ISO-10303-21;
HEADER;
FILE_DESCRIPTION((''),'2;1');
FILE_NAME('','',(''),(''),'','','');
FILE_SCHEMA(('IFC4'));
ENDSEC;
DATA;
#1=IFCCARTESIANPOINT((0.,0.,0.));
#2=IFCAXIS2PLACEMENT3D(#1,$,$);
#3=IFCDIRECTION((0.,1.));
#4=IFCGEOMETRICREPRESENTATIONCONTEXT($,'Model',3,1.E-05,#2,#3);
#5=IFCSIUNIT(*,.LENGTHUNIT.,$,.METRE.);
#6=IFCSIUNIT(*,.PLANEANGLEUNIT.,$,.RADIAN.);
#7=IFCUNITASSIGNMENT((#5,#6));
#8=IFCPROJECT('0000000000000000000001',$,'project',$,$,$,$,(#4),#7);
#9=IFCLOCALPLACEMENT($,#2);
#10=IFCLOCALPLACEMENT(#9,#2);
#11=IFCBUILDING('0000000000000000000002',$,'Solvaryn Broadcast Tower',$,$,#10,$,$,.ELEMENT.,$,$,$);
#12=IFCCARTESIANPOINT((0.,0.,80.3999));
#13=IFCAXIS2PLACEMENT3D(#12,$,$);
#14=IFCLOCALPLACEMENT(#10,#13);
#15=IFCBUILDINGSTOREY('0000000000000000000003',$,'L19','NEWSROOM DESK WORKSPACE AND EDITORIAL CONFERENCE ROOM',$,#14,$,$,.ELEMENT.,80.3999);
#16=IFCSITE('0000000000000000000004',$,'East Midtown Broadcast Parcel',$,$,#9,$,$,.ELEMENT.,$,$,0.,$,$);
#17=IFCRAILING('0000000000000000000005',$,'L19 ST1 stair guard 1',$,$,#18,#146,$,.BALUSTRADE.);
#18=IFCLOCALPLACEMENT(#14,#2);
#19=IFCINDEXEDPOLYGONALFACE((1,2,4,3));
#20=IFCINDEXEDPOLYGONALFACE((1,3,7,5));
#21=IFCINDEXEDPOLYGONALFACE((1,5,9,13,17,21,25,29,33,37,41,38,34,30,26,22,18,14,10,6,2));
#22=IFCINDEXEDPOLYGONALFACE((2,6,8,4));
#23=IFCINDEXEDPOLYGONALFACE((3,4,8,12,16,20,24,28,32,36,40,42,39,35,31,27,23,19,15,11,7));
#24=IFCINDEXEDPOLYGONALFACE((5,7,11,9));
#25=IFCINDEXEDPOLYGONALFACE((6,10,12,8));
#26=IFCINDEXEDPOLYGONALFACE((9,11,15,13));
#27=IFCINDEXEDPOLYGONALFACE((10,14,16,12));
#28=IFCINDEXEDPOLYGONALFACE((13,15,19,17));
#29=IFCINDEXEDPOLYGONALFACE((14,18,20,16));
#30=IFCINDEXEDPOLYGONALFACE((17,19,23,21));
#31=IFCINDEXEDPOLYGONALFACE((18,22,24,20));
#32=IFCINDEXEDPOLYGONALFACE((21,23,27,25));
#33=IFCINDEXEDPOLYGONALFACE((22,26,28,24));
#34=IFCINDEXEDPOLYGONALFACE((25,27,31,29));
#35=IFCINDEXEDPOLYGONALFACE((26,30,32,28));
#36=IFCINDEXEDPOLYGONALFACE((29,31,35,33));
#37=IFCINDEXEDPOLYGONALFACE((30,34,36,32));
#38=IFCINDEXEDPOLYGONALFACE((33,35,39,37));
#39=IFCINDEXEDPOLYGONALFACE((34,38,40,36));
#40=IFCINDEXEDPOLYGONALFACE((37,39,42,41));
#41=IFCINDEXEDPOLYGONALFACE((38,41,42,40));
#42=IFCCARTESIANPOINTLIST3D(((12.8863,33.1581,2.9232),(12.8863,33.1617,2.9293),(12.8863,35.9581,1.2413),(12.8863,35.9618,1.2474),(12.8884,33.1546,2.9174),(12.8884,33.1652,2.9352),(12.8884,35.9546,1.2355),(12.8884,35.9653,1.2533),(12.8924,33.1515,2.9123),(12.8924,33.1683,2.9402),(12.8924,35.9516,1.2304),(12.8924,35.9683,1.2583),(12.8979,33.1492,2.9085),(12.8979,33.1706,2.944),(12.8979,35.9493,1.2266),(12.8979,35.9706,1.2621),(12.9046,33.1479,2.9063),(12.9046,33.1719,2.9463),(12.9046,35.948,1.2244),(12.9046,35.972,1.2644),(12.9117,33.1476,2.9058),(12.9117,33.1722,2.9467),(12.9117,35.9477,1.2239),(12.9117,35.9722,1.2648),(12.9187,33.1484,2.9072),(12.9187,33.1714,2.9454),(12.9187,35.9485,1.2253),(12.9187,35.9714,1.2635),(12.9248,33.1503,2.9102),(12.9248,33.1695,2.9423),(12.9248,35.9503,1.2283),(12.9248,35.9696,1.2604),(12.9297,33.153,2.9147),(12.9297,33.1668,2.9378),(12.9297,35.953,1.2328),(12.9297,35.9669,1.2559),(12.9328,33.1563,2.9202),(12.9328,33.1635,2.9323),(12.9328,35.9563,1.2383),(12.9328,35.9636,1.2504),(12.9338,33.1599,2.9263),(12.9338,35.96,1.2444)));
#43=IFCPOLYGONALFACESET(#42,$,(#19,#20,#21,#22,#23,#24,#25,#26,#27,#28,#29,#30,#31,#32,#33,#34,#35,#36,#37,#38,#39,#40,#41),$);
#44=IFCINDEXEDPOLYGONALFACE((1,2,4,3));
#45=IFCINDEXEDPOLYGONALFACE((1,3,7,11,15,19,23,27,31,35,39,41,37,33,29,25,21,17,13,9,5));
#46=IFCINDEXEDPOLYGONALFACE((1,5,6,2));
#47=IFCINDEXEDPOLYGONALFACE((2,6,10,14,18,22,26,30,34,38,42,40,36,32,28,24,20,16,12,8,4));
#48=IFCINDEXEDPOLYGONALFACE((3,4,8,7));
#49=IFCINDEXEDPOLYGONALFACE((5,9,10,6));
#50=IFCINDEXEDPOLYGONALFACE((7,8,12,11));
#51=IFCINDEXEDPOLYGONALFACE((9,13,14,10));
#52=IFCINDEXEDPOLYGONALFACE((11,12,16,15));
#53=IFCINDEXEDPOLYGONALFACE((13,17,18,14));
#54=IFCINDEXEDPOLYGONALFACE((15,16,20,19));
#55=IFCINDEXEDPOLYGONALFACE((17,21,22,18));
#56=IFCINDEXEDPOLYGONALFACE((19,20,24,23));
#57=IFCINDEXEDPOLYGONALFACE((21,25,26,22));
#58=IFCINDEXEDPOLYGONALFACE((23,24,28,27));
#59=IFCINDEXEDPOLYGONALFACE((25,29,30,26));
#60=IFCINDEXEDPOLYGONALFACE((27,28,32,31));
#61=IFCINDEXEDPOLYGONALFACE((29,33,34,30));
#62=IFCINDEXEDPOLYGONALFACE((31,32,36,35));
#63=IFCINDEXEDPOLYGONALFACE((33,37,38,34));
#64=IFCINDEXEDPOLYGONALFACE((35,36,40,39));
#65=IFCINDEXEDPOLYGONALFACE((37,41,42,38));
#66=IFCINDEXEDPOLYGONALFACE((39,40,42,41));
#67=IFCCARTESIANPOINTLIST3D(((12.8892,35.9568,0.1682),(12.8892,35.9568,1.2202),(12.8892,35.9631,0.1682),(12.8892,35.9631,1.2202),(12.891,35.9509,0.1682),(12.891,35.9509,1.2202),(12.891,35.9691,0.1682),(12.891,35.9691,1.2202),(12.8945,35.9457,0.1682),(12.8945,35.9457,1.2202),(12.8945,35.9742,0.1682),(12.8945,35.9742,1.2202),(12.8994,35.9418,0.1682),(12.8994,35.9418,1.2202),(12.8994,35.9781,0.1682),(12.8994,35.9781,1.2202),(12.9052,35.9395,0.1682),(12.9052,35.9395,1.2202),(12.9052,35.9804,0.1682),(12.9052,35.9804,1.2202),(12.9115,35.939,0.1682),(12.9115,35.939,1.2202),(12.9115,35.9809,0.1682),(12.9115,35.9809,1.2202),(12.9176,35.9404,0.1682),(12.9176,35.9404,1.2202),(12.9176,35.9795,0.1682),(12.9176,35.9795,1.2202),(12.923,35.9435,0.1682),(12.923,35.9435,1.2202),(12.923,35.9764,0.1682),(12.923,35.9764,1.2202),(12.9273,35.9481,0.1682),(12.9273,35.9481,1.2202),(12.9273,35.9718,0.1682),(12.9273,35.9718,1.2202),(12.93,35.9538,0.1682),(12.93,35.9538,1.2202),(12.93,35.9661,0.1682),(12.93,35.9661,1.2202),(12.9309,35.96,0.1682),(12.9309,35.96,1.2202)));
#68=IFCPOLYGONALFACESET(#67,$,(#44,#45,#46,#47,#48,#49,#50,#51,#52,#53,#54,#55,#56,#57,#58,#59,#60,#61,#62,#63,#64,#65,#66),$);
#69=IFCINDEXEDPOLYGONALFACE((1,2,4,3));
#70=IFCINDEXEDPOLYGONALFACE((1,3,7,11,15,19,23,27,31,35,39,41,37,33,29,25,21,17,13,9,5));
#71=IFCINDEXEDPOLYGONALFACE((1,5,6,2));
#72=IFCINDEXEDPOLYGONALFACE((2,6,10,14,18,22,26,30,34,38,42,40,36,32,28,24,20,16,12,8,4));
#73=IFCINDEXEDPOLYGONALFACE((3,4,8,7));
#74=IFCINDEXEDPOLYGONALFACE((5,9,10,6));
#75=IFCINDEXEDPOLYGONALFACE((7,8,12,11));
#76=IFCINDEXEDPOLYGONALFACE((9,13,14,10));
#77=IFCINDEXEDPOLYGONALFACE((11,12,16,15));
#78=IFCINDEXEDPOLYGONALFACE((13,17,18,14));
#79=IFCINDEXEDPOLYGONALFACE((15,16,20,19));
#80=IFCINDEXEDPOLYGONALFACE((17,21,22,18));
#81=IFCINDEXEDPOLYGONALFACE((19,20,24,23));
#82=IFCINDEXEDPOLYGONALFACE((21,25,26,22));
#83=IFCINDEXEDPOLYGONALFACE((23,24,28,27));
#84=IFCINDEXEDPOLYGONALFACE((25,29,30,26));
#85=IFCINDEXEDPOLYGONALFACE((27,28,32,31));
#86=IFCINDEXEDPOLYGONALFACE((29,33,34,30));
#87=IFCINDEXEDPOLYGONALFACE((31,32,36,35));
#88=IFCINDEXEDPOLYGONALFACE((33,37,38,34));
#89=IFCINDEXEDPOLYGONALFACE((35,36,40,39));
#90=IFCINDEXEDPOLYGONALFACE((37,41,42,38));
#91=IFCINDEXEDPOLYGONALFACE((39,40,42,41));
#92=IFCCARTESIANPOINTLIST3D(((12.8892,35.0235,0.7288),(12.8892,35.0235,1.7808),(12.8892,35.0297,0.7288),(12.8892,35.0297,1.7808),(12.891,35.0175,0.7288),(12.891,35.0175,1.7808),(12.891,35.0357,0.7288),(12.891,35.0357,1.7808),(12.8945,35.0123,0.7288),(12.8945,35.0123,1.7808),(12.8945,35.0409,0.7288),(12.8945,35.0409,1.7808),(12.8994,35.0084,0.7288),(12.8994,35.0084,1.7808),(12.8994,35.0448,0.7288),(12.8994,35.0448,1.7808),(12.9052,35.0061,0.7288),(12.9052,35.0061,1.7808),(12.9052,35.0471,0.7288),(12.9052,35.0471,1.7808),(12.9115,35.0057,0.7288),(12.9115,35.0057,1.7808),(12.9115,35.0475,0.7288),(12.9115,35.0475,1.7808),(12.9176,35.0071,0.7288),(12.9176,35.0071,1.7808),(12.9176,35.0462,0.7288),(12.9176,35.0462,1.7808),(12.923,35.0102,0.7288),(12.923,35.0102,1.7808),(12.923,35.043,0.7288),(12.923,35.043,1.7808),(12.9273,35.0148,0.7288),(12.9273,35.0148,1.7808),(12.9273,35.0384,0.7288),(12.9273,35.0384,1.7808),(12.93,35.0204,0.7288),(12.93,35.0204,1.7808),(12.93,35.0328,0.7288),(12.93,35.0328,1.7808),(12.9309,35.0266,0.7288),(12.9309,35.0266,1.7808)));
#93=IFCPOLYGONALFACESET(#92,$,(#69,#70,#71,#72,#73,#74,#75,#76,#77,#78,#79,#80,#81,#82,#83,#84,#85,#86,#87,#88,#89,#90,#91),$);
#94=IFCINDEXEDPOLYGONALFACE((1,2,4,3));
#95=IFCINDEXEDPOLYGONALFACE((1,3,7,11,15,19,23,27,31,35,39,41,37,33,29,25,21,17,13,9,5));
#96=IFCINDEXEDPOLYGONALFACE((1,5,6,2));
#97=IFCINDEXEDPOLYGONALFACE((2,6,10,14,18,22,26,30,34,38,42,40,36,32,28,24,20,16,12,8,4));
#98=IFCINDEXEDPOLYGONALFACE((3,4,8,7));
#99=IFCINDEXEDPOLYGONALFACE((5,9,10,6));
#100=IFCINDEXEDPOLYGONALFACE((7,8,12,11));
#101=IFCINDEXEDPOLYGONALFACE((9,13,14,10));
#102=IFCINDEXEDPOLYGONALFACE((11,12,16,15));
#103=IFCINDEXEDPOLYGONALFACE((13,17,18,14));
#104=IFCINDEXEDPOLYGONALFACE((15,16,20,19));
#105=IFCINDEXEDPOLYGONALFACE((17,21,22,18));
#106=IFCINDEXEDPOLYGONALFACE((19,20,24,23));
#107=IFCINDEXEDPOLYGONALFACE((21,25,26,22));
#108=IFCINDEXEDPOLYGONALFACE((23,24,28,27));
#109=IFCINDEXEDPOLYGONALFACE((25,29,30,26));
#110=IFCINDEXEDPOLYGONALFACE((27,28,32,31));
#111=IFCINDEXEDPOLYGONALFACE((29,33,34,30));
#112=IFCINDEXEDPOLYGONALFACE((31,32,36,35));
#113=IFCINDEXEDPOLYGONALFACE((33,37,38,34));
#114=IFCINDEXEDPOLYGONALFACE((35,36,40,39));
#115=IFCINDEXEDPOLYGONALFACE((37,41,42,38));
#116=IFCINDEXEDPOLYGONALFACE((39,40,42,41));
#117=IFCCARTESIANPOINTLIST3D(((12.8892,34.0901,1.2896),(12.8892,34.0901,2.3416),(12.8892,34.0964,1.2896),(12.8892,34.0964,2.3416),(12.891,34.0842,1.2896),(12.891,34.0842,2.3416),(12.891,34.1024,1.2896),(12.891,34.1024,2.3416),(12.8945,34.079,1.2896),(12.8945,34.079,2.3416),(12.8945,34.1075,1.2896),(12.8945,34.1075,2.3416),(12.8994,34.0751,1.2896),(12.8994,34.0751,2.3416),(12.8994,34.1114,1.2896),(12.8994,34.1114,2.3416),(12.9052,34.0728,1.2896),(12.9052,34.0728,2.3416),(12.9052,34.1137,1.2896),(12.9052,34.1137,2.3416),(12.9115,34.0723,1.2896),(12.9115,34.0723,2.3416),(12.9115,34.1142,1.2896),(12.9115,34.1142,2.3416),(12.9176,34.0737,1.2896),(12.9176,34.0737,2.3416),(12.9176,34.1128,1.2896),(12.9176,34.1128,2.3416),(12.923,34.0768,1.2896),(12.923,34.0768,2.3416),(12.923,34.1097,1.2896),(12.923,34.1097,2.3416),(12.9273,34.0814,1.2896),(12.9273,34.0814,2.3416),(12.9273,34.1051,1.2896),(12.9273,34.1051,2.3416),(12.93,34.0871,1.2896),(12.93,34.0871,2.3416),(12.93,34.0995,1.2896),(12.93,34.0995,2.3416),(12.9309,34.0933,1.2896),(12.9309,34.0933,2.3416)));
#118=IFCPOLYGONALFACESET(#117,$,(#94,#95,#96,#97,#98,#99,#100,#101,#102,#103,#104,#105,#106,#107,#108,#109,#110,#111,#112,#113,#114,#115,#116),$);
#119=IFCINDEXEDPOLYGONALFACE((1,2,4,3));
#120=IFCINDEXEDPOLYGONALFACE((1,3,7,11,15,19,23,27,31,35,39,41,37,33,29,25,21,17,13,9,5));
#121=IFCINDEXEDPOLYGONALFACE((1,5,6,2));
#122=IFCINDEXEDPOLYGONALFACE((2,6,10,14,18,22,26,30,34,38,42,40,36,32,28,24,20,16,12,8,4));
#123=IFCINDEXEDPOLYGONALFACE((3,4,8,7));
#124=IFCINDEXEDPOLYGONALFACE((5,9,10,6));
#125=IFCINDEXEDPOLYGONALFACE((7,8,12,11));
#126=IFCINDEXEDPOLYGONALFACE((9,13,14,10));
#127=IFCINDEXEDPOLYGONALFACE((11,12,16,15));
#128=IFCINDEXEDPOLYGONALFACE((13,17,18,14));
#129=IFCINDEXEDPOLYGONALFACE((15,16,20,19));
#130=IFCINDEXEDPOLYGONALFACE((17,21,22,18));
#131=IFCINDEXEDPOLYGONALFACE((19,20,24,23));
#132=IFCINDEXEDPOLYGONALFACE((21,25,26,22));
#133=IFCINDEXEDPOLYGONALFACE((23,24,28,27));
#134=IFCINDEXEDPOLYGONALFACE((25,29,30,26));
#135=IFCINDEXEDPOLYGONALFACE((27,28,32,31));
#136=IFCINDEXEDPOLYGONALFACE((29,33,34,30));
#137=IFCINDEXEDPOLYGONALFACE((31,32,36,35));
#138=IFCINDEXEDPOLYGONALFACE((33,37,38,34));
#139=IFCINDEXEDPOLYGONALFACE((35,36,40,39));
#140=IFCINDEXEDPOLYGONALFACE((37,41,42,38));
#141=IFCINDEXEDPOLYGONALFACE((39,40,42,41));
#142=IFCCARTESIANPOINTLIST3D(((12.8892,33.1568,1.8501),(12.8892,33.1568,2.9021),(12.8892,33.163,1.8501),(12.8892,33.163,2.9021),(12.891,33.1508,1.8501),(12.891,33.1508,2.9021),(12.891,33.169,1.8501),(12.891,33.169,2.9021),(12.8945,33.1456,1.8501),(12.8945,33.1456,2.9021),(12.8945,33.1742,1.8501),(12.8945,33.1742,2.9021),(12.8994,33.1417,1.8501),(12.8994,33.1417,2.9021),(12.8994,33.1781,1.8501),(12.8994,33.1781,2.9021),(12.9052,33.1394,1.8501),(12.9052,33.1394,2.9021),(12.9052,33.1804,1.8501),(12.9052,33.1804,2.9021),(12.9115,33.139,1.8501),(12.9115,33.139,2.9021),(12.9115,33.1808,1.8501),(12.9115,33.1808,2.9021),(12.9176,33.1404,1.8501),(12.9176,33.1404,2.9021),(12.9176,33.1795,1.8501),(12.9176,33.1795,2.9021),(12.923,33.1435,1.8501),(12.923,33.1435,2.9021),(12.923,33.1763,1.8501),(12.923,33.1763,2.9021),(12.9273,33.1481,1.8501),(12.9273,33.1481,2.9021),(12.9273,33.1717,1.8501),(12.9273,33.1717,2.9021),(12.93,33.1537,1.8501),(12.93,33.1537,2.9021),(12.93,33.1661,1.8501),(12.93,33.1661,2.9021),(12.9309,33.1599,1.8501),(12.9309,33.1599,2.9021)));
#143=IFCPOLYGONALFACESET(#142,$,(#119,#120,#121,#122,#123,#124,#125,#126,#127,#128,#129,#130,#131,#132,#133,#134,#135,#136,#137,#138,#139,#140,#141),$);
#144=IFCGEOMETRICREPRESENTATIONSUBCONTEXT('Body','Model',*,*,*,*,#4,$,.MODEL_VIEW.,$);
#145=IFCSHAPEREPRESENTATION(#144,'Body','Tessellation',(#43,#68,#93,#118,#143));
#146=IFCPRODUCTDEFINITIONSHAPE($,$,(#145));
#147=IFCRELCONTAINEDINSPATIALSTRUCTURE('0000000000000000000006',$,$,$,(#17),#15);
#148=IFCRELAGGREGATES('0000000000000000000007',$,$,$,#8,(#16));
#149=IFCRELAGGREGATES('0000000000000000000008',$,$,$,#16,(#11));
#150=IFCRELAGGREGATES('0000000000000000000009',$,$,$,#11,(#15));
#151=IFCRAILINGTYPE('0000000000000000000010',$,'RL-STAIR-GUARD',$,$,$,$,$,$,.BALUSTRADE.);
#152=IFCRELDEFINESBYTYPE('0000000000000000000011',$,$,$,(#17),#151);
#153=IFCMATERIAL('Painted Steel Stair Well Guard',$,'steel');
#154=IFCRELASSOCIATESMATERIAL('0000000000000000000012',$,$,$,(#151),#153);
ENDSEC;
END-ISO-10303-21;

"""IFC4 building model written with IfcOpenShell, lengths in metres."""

from ifc_helpers import new_model, si_unit, direction, frame, origin, origin_2d, place, context, subcontext, project, spatial, circle, extrude, material, type_object, element, save


model = new_model("IFC4")

# Units and contexts
model_context = context("Model", 3, precision=1e-05, world=origin(), true_north=direction((0.0, 1.0)))
body_context = subcontext(model_context, "Body", "Model", "MODEL_VIEW")
ifc_project = project(units=[si_unit("LENGTHUNIT", "METRE"), si_unit("PLANEANGLEUNIT", "RADIAN")], contexts=[model_context])

# Site, building, storey
site_placement = place(None, origin())
site = spatial("IfcSite", under=ifc_project, at=site_placement, Name="East Midtown Broadcast Parcel", CompositionType="ELEMENT", RefElevation=0.0)
building_placement = place(site_placement, origin())
building = spatial("IfcBuilding", under=site, at=building_placement, Name="Solvaryn Broadcast Tower", CompositionType="ELEMENT")
storey_placement = place(building_placement, frame((0.0, 0.0, 80.3999)))
storey = spatial("IfcBuildingStorey", under=building, at=storey_placement, Name="L19", Description="NEWSROOM DESK WORKSPACE AND EDITORIAL CONFERENCE ROOM", CompositionType="ELEMENT", Elevation=80.3999)

# Railing
ifc_material_1 = material(Name="Painted Steel Stair Well Guard", Category="steel")
railing_type_1 = type_object("IfcRailingType", Name="RL-STAIR-GUARD", PredefinedType="BALUSTRADE", material=ifc_material_1)
railing_1_placement = place(storey_placement, frame((12.9099, 35.96, 0.1682)))
element("IfcRailing", 1, at=railing_1_placement, inside=storey, type_object=railing_type_1, Name="L19 ST1 stair guard 1", PredefinedType="BALUSTRADE", context=body_context, shape_type="SweptSolid", body=[
    extrude(circle(Radius=0.0239, at=origin_2d()), frame((0.0, 0.0, 1.0762), z_axis=(0.0, -0.857242, 0.514913), x_axis=(1.0, 0.0, 0.0)), (0.0, 0.0, 1.0), 3.2664),
    extrude(circle(Radius=0.021, at=origin_2d()), origin(), (0.0, 0.0, 1.0), 1.052),
    extrude(circle(Radius=0.021, at=origin_2d()), frame((0.0, -0.9333, 0.5605)), (0.0, 0.0, 1.0), 1.052),
    extrude(circle(Radius=0.021, at=origin_2d()), frame((0.0, -1.8667, 1.1213)), (0.0, 0.0, 1.0), 1.052),
    extrude(circle(Radius=0.021, at=origin_2d()), frame((0.0, -2.8, 1.6819)), (0.0, 0.0, 1.0), 1.052),
])

save(model, "model.ifc")
